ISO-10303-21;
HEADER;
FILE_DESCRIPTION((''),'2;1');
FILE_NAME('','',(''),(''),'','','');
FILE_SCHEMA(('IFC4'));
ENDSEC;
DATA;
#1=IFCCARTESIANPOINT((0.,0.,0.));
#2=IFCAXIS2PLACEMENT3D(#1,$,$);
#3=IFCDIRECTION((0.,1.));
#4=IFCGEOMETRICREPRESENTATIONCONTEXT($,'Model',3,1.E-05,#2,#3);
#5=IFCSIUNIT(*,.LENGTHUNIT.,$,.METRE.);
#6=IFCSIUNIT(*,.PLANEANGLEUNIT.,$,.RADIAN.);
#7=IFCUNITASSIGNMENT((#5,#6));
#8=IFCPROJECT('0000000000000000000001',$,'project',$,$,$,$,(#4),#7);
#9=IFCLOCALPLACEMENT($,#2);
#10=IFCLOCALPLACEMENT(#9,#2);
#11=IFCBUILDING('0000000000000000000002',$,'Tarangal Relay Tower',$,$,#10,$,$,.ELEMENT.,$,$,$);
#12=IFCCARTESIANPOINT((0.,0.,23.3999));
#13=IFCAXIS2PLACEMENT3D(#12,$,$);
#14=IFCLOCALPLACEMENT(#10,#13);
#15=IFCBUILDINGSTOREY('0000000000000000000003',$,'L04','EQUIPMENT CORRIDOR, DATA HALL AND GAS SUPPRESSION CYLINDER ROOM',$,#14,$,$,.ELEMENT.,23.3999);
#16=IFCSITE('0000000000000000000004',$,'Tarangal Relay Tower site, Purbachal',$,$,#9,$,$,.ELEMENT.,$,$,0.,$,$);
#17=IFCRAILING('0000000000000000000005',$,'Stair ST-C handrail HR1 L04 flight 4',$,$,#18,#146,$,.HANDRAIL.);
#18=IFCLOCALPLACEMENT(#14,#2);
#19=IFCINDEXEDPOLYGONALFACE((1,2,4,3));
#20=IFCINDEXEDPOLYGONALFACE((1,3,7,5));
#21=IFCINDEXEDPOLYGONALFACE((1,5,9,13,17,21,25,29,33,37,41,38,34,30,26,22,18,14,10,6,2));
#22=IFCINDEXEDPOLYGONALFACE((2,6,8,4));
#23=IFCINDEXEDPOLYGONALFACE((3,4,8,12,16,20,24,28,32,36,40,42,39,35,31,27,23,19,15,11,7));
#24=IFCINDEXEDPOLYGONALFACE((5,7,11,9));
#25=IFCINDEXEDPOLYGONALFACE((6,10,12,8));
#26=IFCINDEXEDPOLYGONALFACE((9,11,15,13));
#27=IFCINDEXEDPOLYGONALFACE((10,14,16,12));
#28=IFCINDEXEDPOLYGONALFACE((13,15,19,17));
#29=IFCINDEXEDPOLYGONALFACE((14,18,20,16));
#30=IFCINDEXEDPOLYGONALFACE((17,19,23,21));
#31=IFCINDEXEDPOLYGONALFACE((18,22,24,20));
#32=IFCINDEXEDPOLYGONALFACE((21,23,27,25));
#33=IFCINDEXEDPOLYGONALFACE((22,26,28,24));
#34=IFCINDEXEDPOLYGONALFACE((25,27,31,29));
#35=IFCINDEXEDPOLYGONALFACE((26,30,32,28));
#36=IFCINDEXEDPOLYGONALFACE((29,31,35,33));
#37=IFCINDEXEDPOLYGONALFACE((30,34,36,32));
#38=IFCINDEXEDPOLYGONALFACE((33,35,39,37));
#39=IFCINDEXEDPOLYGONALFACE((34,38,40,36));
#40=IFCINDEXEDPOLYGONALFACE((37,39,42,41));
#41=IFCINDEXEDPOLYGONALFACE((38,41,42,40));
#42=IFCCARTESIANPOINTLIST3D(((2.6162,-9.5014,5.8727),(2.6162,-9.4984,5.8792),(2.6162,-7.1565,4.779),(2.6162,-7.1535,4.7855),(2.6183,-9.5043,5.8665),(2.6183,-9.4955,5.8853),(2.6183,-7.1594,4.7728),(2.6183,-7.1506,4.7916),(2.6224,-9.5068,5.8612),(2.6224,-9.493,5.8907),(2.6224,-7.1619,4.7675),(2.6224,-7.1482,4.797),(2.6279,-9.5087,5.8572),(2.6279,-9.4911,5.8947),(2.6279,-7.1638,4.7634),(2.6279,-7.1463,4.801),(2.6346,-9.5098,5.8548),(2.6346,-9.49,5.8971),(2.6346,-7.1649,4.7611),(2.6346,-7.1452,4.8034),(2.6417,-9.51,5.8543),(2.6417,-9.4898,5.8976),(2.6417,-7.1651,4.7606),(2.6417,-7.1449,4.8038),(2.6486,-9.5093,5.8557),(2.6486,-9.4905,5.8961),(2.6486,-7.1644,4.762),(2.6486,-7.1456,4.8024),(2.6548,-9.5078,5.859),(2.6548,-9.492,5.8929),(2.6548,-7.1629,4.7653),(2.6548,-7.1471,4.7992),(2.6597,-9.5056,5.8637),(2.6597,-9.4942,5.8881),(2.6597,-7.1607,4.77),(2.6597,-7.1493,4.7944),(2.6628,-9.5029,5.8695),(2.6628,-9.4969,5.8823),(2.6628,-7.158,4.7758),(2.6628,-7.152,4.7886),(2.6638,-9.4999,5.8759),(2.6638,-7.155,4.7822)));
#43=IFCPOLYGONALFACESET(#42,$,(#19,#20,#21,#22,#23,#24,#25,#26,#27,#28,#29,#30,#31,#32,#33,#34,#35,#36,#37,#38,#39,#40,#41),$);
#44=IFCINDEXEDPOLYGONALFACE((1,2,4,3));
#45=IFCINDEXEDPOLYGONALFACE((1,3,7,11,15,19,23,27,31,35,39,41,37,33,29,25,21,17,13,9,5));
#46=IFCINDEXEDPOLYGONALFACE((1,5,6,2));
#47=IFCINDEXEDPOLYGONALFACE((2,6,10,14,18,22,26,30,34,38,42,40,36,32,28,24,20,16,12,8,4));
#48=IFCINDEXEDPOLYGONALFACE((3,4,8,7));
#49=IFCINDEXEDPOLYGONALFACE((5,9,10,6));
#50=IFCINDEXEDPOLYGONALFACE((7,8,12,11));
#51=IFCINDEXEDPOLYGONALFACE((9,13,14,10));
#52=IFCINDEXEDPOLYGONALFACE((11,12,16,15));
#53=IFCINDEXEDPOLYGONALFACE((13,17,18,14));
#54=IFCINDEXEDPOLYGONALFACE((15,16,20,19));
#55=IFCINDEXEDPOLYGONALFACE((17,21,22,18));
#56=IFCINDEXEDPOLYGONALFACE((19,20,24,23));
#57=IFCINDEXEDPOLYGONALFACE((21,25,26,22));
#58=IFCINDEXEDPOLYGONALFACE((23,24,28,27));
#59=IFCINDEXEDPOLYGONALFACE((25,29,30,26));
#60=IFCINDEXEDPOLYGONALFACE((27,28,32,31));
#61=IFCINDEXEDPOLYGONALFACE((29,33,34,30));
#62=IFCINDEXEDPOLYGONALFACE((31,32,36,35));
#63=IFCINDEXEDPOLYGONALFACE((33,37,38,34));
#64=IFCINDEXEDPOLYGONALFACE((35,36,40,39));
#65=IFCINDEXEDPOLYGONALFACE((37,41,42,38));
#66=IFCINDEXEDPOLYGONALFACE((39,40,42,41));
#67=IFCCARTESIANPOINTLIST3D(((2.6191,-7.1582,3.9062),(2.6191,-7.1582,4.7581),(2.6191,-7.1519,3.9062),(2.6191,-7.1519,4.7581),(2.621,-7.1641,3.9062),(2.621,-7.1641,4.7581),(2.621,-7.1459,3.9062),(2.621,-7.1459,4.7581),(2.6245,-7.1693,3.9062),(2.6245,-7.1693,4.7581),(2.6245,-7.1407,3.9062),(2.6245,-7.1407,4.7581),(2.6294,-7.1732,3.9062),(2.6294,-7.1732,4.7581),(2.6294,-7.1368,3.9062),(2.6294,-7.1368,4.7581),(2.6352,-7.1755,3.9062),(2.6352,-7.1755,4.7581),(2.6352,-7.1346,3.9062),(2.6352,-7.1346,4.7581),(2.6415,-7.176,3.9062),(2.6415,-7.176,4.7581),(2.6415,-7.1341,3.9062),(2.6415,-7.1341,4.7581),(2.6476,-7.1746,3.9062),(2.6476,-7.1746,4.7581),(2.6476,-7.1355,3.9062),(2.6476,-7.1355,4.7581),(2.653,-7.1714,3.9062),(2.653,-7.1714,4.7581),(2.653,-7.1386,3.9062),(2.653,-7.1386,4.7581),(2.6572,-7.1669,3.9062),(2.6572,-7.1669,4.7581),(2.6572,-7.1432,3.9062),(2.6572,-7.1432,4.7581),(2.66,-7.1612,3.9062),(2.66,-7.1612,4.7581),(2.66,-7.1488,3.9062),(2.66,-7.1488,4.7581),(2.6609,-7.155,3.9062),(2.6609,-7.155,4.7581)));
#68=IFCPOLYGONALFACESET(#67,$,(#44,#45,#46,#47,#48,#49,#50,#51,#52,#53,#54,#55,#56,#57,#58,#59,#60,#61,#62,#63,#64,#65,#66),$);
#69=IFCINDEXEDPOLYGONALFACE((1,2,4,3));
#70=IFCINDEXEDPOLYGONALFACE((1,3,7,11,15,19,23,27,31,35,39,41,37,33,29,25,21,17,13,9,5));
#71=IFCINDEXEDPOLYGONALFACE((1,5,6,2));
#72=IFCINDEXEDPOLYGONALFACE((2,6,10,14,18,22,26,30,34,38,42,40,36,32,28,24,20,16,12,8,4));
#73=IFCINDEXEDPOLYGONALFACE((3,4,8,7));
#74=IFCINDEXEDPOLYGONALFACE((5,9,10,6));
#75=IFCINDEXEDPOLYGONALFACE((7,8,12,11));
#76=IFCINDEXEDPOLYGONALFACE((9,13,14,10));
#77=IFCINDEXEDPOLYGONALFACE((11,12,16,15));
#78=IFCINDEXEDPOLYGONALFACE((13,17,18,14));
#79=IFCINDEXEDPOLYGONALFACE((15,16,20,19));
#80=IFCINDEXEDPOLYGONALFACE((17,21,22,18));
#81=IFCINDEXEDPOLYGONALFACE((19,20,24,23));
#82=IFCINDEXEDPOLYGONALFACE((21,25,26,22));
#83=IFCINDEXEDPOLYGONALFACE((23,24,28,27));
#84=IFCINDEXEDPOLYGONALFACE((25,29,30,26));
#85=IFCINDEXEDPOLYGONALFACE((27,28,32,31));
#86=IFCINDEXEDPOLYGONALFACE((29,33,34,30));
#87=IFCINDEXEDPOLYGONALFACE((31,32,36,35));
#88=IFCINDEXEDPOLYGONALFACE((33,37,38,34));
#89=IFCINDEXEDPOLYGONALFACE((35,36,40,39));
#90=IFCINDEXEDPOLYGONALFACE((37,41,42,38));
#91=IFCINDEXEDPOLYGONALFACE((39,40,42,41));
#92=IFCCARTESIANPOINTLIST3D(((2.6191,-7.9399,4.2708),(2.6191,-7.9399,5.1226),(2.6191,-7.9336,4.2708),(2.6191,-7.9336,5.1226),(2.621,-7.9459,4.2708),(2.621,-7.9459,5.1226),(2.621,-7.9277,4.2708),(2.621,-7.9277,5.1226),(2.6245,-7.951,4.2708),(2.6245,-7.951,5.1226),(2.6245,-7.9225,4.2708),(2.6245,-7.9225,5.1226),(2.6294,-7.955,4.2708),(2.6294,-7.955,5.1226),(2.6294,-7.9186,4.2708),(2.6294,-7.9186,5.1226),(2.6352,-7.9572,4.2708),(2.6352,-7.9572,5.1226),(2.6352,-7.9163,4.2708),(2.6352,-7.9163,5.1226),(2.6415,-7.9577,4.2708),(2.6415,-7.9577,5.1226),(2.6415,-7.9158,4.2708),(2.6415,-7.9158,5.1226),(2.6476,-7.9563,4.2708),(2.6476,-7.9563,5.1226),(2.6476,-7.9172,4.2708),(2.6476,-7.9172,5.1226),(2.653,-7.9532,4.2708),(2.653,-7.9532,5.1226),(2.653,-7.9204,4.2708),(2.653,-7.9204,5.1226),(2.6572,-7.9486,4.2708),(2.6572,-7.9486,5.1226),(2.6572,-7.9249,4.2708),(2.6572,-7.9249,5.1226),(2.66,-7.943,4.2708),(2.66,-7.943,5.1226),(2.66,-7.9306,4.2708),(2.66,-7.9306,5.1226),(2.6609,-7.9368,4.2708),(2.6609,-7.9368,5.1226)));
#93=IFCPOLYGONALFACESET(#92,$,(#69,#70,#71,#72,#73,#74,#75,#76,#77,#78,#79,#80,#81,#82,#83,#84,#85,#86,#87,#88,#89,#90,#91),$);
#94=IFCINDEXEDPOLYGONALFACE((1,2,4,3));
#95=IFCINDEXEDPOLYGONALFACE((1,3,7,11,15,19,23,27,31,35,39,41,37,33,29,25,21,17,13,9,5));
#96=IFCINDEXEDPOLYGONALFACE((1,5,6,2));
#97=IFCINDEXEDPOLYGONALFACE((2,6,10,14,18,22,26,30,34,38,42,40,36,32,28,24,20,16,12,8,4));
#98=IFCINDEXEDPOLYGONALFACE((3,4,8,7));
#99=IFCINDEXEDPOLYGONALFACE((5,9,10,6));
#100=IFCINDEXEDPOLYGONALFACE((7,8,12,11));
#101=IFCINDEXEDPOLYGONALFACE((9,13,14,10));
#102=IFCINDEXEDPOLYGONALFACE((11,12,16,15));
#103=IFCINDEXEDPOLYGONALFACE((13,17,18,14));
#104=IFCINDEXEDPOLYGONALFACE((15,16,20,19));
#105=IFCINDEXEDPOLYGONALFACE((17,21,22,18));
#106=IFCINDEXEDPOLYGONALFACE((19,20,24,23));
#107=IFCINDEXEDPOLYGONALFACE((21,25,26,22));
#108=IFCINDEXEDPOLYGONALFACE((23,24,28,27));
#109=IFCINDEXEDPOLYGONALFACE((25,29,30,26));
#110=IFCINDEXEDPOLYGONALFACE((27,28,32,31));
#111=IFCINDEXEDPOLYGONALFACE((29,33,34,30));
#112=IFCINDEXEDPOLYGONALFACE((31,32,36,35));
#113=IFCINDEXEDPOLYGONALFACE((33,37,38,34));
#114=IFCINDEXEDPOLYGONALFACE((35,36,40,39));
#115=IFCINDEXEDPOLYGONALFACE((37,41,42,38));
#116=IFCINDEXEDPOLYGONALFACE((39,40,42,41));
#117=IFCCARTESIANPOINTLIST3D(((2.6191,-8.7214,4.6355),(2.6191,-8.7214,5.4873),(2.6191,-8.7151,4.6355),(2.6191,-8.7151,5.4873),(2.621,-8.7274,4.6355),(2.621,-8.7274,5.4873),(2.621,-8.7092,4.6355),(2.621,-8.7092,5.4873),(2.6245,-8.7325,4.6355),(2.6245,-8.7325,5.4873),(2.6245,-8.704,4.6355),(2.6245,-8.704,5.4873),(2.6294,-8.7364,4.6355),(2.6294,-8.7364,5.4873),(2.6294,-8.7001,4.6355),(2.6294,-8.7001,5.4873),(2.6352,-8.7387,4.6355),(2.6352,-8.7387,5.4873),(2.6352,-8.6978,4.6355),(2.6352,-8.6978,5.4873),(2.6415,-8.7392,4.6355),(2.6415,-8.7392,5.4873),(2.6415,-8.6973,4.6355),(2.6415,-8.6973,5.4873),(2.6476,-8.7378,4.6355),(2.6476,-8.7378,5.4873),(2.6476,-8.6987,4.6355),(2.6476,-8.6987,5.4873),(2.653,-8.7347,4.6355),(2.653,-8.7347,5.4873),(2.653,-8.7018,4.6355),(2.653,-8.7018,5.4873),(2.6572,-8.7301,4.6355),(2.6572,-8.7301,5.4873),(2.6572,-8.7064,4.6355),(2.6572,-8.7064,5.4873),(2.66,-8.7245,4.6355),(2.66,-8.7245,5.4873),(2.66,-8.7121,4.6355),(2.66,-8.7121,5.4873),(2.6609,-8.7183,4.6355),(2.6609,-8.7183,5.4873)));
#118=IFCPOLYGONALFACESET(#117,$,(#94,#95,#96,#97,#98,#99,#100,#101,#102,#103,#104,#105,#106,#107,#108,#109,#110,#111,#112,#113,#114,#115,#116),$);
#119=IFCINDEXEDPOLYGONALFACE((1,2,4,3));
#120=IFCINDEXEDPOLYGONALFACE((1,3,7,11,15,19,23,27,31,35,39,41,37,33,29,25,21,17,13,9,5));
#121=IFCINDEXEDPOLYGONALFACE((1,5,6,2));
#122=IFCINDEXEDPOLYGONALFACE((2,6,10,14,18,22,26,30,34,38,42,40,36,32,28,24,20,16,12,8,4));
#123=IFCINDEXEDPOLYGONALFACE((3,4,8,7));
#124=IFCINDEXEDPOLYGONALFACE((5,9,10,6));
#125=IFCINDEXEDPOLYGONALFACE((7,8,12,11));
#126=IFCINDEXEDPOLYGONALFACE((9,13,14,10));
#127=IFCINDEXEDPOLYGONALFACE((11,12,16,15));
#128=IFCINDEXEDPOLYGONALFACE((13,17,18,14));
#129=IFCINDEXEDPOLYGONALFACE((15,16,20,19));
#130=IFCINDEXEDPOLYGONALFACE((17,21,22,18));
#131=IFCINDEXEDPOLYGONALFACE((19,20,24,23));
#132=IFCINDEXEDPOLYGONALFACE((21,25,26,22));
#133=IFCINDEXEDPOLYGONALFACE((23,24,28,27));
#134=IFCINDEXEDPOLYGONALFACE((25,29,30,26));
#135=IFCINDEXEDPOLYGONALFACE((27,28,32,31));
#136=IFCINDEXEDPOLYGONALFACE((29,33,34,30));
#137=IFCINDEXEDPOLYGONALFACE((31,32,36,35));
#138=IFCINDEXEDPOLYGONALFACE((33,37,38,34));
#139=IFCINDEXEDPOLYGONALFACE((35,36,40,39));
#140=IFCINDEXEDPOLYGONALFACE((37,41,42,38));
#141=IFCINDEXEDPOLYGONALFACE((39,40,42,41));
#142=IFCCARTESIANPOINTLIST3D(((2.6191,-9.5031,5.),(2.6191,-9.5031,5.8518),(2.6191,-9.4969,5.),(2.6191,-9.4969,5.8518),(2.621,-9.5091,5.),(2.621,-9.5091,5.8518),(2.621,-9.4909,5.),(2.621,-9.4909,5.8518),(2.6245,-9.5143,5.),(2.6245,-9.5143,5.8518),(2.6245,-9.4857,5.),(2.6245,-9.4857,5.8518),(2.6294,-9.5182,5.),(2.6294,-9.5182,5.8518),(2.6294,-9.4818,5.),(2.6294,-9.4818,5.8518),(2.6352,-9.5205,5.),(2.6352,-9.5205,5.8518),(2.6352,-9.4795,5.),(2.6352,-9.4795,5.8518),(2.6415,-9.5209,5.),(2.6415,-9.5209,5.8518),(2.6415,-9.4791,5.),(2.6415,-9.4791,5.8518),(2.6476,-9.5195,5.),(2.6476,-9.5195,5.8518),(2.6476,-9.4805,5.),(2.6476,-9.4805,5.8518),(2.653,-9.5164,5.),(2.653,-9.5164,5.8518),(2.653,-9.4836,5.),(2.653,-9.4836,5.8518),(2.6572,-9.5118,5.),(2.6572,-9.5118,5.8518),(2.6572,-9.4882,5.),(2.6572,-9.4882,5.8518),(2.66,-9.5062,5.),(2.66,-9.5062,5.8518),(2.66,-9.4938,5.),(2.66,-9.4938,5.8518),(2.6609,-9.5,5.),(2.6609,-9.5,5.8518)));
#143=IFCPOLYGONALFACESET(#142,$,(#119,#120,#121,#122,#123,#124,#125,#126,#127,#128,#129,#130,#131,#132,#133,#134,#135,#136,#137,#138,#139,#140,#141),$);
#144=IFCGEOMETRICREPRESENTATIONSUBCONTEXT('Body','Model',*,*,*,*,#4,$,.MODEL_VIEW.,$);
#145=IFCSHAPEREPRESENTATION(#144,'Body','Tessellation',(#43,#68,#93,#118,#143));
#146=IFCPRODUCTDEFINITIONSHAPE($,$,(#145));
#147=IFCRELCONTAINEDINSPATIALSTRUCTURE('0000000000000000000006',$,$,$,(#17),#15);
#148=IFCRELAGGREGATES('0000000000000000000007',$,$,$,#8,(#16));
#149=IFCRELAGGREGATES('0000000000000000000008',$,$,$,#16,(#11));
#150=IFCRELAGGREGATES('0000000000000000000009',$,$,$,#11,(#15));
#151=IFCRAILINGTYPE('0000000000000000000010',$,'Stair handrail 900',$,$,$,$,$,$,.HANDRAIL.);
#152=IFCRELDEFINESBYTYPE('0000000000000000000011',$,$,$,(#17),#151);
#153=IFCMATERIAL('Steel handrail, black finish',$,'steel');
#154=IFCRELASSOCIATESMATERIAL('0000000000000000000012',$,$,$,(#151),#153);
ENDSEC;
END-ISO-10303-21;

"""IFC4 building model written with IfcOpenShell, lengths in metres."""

from ifc_helpers import new_model, si_unit, direction, frame, origin, origin_2d, place, context, subcontext, project, spatial, circle, extrude, material, type_object, element, save


model = new_model("IFC4")

# Units and contexts
model_context = context("Model", 3, precision=1e-05, world=origin(), true_north=direction((0.0, 1.0)))
body_context = subcontext(model_context, "Body", "Model", "MODEL_VIEW")
ifc_project = project(units=[si_unit("LENGTHUNIT", "METRE"), si_unit("PLANEANGLEUNIT", "RADIAN")], contexts=[model_context])

# Site, building, storey
site_placement = place(None, origin())
site = spatial("IfcSite", under=ifc_project, at=site_placement, Name="Tarangal Relay Tower site, Purbachal", CompositionType="ELEMENT", RefElevation=0.0)
building_placement = place(site_placement, origin())
building = spatial("IfcBuilding", under=site, at=building_placement, Name="Tarangal Relay Tower", CompositionType="ELEMENT")
storey_placement = place(building_placement, frame((0.0, 0.0, 23.3999)))
storey = spatial("IfcBuildingStorey", under=building, at=storey_placement, Name="L04", Description="EQUIPMENT CORRIDOR, DATA HALL AND GAS SUPPRESSION CYLINDER ROOM", CompositionType="ELEMENT", Elevation=23.3999)

# Railing
ifc_material_1 = material(Name="Steel handrail, black finish", Category="steel")
railing_type_1 = type_object("IfcRailingType", Name="Stair handrail 900", PredefinedType="HANDRAIL", material=ifc_material_1)
for number, where, name in (
    (1, (2.6399, -7.155, 3.9062), "Stair ST-C handrail HR1 L04 flight 4"),
):
    element("IfcRailing", number, at=place(storey_placement, frame(where)), inside=storey, type_object=railing_type_1, Name=name, PredefinedType="HANDRAIL", context=body_context, shape_type="SweptSolid", body=[
        extrude(circle(Radius=0.0239, at=origin_2d()), frame((0.0, 0.0, 0.876), z_axis=(0.0, -0.906267, 0.422705), x_axis=(1.0, 0.0, 0.0)), (0.0, 0.0, 1.0), 2.5874),
        extrude(circle(Radius=0.021, at=origin_2d()), origin(), (0.0, 0.0, 1.0), 0.8518),
        extrude(circle(Radius=0.021, at=origin_2d()), frame((0.0, -0.7817, 0.3645)), (0.0, 0.0, 1.0), 0.8518),
        extrude(circle(Radius=0.021, at=origin_2d()), frame((0.0, -1.5632, 0.7292)), (0.0, 0.0, 1.0), 0.8518),
        extrude(circle(Radius=0.021, at=origin_2d()), frame((0.0, -2.345, 1.0938)), (0.0, 0.0, 1.0), 0.8518),
    ])

save(model, "model.ifc")
